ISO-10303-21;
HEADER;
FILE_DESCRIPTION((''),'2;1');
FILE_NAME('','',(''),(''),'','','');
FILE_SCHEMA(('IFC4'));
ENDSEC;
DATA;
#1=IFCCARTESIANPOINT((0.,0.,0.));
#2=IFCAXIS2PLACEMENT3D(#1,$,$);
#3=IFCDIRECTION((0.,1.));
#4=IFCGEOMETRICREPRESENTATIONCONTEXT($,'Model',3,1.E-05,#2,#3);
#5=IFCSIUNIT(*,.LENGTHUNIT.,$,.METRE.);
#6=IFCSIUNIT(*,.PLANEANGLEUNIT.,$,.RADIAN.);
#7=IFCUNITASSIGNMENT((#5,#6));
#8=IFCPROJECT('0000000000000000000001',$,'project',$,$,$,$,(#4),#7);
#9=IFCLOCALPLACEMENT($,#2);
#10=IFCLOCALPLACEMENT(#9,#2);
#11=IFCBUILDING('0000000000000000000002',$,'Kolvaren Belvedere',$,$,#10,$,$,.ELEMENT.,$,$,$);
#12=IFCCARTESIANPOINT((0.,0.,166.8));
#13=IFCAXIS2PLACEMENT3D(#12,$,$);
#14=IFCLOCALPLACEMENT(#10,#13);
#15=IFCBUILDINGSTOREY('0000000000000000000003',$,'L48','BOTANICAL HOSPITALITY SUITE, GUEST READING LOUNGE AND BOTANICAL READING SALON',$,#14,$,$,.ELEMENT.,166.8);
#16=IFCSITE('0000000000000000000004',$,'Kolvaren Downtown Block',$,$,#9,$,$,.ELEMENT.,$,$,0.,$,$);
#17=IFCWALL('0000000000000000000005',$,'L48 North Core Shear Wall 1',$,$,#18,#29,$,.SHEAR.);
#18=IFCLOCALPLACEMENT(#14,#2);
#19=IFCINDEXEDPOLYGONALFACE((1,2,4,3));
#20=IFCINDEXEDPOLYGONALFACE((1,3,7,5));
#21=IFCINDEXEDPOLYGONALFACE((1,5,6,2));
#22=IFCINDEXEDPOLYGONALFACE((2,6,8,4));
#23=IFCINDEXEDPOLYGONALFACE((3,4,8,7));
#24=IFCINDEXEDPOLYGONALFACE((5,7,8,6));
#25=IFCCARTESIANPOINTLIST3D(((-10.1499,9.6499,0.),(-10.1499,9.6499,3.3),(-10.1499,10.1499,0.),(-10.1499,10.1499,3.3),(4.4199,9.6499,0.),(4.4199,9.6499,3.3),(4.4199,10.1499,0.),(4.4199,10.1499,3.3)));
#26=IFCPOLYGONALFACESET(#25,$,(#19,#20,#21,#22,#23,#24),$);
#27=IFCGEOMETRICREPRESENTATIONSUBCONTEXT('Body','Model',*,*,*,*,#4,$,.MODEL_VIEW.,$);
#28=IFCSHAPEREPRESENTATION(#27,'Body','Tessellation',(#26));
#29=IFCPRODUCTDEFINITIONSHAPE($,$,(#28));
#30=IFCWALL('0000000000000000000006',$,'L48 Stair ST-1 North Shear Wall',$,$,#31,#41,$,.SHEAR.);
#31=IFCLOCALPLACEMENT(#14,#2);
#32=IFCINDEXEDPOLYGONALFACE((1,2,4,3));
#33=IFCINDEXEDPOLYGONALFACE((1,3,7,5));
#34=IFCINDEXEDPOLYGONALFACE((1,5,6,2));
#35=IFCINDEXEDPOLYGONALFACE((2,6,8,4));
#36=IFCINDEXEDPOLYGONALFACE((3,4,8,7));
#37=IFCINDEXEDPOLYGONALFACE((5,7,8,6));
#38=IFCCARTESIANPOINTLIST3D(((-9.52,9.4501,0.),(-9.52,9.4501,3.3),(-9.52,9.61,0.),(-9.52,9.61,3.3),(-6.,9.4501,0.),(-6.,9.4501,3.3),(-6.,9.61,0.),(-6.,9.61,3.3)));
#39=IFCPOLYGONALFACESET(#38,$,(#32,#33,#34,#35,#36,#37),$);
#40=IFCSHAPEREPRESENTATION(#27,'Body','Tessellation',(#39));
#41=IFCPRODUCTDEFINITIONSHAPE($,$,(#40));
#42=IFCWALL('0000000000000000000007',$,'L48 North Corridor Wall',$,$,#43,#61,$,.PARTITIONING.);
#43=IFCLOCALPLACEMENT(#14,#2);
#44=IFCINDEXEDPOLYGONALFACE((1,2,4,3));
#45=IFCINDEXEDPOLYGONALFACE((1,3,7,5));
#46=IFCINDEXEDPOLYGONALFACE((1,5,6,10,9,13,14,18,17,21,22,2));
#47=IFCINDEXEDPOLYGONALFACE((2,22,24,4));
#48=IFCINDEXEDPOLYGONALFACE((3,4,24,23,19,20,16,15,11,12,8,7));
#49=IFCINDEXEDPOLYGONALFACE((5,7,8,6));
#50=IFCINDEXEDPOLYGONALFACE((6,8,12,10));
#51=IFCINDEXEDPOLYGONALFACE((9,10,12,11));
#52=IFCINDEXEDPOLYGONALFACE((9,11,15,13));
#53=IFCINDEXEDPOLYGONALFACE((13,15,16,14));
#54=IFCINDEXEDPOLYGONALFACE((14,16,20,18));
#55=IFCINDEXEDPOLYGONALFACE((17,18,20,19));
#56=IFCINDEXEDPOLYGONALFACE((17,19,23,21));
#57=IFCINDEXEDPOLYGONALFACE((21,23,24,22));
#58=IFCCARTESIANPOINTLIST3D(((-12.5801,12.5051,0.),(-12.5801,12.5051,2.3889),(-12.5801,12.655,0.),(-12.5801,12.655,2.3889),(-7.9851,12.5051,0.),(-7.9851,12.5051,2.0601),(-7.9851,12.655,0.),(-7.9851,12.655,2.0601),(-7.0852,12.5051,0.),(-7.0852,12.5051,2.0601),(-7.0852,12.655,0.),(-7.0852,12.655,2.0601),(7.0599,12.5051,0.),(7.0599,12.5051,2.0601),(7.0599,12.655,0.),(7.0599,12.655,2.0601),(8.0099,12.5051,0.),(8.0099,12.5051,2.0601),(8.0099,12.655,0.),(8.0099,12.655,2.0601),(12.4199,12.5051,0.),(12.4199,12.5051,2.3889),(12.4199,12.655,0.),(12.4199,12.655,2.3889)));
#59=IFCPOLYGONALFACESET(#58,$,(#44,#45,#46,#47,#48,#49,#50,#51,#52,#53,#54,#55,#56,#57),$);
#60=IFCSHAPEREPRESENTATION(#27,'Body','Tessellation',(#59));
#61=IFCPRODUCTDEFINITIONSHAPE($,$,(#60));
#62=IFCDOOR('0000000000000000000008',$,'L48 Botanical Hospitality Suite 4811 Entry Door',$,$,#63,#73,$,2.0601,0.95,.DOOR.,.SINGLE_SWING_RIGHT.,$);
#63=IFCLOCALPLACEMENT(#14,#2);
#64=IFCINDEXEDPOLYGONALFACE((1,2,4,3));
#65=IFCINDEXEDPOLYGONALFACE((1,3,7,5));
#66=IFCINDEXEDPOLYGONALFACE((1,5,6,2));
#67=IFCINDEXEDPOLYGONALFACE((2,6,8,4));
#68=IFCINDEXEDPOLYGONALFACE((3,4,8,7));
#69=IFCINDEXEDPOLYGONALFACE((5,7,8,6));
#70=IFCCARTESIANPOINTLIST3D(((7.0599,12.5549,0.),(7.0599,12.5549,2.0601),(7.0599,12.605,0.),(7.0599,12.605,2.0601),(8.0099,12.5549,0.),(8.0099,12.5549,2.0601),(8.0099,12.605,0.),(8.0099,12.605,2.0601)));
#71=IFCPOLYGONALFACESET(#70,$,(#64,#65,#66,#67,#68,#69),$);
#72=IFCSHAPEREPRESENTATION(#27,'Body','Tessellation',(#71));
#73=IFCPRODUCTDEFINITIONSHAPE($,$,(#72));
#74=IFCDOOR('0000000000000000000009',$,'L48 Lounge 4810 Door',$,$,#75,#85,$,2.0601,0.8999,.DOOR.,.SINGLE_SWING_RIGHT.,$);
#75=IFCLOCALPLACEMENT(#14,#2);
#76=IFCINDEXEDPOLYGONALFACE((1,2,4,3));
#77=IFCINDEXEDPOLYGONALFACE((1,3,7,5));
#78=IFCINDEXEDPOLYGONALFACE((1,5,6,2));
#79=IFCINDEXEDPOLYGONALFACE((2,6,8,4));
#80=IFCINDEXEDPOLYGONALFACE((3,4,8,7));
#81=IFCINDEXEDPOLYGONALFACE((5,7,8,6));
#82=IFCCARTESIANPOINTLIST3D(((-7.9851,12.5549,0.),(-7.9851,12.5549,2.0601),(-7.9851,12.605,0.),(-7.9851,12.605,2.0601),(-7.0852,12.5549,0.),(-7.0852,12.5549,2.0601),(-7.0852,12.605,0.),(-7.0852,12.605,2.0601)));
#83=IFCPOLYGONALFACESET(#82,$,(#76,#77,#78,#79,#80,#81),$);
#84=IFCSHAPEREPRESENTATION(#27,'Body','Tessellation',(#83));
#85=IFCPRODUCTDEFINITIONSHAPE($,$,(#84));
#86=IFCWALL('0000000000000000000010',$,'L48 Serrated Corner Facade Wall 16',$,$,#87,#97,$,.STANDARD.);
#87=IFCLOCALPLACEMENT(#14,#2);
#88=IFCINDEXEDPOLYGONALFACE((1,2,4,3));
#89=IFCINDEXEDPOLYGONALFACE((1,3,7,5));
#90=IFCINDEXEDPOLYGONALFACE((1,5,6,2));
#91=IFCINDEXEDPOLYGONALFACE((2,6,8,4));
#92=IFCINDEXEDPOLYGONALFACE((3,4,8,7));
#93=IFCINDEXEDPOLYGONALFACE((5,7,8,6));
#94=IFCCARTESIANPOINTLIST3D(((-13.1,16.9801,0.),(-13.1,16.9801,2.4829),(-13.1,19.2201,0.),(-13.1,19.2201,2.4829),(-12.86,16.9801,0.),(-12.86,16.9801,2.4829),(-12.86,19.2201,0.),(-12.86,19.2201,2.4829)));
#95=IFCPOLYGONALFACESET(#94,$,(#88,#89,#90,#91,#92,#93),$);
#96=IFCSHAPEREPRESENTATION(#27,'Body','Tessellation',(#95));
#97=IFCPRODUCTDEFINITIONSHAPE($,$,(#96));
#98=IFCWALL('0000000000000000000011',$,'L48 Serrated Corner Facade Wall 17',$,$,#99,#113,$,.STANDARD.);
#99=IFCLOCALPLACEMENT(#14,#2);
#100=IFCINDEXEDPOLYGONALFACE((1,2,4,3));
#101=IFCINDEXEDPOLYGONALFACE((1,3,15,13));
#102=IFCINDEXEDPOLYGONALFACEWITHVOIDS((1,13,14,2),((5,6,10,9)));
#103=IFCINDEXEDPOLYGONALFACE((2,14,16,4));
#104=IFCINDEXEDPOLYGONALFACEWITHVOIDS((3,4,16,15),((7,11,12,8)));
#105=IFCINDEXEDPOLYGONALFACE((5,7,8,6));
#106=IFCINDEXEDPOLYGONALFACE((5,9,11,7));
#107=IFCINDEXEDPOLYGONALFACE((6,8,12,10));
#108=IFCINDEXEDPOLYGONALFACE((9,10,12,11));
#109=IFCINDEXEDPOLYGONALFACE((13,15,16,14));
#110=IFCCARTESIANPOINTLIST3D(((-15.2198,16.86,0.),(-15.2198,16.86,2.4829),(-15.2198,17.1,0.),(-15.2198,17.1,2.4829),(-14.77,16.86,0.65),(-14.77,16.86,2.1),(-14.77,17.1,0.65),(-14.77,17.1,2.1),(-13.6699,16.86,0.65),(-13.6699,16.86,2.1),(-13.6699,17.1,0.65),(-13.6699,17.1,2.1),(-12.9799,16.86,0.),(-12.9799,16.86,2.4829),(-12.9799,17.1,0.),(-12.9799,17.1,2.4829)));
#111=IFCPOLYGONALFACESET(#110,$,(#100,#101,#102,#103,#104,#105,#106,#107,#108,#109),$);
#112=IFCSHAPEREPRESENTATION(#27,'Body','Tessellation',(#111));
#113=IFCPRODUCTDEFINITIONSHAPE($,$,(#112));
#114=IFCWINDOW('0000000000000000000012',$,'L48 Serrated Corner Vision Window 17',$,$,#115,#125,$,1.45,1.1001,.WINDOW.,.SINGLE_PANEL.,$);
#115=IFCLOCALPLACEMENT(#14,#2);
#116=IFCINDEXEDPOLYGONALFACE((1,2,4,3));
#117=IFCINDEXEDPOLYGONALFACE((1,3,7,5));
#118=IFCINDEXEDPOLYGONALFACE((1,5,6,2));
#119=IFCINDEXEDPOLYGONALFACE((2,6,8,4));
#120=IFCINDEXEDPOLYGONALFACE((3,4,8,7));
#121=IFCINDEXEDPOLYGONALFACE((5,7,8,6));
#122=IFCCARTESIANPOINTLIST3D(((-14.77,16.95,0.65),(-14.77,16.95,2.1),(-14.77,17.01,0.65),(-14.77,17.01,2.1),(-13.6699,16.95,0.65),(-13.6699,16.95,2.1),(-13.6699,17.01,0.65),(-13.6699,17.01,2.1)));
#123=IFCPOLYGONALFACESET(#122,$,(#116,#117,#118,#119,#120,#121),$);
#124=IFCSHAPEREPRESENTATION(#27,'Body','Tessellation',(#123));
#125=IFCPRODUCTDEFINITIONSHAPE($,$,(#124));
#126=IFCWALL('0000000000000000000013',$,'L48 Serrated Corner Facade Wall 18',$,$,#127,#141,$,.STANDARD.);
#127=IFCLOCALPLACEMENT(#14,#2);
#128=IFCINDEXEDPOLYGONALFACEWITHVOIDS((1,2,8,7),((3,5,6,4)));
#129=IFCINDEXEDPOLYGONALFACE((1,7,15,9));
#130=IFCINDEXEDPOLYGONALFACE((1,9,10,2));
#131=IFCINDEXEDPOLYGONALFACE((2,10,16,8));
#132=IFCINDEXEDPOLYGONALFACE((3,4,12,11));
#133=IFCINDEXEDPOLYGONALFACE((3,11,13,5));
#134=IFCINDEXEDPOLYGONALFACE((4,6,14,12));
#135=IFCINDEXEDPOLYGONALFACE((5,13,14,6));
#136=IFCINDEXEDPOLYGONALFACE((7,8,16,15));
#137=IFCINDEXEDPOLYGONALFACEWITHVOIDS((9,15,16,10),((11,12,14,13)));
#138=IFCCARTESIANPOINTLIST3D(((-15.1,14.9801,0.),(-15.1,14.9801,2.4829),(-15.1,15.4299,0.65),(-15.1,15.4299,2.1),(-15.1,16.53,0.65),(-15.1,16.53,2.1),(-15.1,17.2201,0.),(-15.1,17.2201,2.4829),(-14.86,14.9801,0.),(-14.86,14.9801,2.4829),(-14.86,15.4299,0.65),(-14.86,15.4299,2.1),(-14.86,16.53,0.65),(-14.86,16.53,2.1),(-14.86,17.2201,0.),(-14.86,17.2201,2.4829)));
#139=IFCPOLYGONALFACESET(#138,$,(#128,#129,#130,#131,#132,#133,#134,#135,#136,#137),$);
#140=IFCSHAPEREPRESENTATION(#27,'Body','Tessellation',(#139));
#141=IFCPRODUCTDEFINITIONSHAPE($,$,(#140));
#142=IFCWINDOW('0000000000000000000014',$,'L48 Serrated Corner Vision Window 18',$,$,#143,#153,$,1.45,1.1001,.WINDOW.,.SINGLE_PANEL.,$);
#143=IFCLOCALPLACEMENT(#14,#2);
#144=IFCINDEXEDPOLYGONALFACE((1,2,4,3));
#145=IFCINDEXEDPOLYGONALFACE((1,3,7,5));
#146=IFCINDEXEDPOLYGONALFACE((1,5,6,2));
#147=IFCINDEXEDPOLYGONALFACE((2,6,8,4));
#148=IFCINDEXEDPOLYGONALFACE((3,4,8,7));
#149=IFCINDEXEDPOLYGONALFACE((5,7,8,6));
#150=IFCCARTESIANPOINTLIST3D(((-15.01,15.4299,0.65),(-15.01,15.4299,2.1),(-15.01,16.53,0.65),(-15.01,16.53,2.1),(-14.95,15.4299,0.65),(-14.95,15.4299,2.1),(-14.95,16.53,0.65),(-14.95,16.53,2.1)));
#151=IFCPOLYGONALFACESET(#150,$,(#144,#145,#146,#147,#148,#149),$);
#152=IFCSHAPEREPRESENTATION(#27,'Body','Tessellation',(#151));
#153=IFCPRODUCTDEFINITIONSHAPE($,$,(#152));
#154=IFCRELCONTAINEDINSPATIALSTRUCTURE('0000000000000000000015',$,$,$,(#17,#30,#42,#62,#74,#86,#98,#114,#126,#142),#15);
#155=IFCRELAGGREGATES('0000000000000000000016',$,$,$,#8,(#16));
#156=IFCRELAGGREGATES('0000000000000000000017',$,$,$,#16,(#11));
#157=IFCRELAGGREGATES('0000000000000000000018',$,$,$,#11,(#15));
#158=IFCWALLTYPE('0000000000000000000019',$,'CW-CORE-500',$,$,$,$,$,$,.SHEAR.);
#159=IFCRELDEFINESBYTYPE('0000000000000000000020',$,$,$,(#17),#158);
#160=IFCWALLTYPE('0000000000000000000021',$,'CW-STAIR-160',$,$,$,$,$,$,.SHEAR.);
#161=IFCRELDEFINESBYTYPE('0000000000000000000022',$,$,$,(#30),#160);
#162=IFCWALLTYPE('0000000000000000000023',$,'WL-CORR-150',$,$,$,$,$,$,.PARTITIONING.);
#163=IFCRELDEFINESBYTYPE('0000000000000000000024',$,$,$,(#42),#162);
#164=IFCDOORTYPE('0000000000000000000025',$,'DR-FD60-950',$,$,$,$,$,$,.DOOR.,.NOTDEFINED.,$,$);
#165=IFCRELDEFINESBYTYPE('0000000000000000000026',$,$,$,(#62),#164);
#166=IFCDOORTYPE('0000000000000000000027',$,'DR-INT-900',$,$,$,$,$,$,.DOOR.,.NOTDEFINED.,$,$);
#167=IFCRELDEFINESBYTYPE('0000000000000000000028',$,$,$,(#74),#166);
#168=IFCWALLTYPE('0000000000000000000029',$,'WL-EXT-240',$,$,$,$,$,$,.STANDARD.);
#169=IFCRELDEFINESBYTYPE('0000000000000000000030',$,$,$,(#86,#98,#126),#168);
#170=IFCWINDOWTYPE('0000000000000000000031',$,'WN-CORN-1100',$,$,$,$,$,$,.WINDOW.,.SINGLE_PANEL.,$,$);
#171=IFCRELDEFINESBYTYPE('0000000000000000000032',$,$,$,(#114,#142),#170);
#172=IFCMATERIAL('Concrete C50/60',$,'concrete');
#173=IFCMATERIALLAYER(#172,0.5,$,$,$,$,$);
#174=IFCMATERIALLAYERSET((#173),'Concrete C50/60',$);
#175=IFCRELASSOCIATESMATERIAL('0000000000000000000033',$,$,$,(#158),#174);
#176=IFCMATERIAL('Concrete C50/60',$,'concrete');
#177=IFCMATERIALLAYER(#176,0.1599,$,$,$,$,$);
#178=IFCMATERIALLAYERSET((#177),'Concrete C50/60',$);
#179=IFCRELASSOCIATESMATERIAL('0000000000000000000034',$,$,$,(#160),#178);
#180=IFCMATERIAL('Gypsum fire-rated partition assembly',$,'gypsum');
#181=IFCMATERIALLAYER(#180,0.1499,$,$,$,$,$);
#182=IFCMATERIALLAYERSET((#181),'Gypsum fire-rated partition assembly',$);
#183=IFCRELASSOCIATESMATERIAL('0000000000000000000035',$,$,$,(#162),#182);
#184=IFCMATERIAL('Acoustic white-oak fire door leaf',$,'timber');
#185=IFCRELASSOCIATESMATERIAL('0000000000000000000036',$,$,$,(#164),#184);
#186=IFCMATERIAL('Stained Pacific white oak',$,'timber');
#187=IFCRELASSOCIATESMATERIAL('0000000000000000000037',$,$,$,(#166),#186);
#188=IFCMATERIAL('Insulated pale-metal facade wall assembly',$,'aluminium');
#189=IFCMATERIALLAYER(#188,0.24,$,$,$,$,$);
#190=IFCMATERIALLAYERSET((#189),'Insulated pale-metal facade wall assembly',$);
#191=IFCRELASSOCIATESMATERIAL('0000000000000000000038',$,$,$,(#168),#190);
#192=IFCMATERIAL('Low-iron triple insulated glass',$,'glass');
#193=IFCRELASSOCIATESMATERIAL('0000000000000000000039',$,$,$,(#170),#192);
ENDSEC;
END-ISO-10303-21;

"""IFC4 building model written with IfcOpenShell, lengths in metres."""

from ifc_helpers import new_model, si_unit, direction, frame, frame_2d, origin, place, context, subcontext, project, spatial, rectangle, extrude, material, layer, layer_set, type_object, element, fill, save


model = new_model("IFC4")

# Units and contexts
model_context = context("Model", 3, precision=1e-05, world=origin(), true_north=direction((0.0, 1.0)))
body_context = subcontext(model_context, "Body", "Model", "MODEL_VIEW")
ifc_project = project(units=[si_unit("LENGTHUNIT", "METRE"), si_unit("PLANEANGLEUNIT", "RADIAN")], contexts=[model_context])

# Site, building, storey
site_placement = place(None, origin())
site = spatial("IfcSite", under=ifc_project, at=site_placement, Name="Kolvaren Downtown Block", CompositionType="ELEMENT", RefElevation=0.0)
building_placement = place(site_placement, origin())
building = spatial("IfcBuilding", under=site, at=building_placement, Name="Kolvaren Belvedere", CompositionType="ELEMENT")
storey_placement = place(building_placement, frame((0.0, 0.0, 166.8)))
storey = spatial("IfcBuildingStorey", under=building, at=storey_placement, Name="L48", Description="BOTANICAL HOSPITALITY SUITE, GUEST READING LOUNGE AND BOTANICAL READING SALON", CompositionType="ELEMENT", Elevation=166.8)

# Walls
ifc_material_1 = material(Name="Concrete C50/60", Category="concrete")
ifc_layer_1 = layer(ifc_material_1, 0.5)
ifc_layer_set_1 = layer_set([ifc_layer_1], Name="Concrete C50/60")
wall_type_1 = type_object("IfcWallType", Name="CW-CORE-500", PredefinedType="SHEAR", material=ifc_layer_set_1)
wall_1_placement = place(storey_placement, frame((-10.1499, 9.8999, 0.0), z_axis=(0.0, 0.0, 1.0), x_axis=(1.0, 0.0, 0.0)))
element("IfcWall", 1, at=wall_1_placement, inside=storey, type_object=wall_type_1, Name="L48 North Core Shear Wall 1", PredefinedType="SHEAR", context=body_context, shape_type="SweptSolid", body=[
    extrude(rectangle(XDim=14.5698, YDim=0.5, at=frame_2d((7.2849, 0.0))), origin(), (0.0, 0.0, 1.0), 3.3),
])
ifc_material_2 = material(Name="Concrete C50/60", Category="concrete")
ifc_layer_2 = layer(ifc_material_2, 0.1599)
ifc_layer_set_2 = layer_set([ifc_layer_2], Name="Concrete C50/60")
wall_type_2 = type_object("IfcWallType", Name="CW-STAIR-160", PredefinedType="SHEAR", material=ifc_layer_set_2)
wall_2_placement = place(storey_placement, frame((-9.52, 9.53, 0.0), z_axis=(0.0, 0.0, 1.0), x_axis=(1.0, 0.0, 0.0)))
element("IfcWall", 2, at=wall_2_placement, inside=storey, type_object=wall_type_2, Name="L48 Stair ST-1 North Shear Wall", PredefinedType="SHEAR", context=body_context, shape_type="SweptSolid", body=[
    extrude(rectangle(XDim=3.52, YDim=0.1599, at=frame_2d((1.76, 0.0))), origin(), (0.0, 0.0, 1.0), 3.3),
])

# Wall, openings, doors
ifc_material_3 = material(Name="Gypsum fire-rated partition assembly", Category="gypsum")
ifc_layer_3 = layer(ifc_material_3, 0.1499)
ifc_layer_set_3 = layer_set([ifc_layer_3], Name="Gypsum fire-rated partition assembly")
wall_type_3 = type_object("IfcWallType", Name="WL-CORR-150", PredefinedType="PARTITIONING", material=ifc_layer_set_3)
wall_3_placement = place(storey_placement, frame((-12.5801, 12.5801, 0.0), z_axis=(0.0, 0.0, 1.0), x_axis=(1.0, 0.0, 0.0)))
wall_3 = element("IfcWall", 3, at=wall_3_placement, inside=storey, type_object=wall_type_3, Name="L48 North Corridor Wall", PredefinedType="PARTITIONING", context=body_context, shape_type="SweptSolid", body=[
    extrude(rectangle(XDim=25.0, YDim=0.1499, at=frame_2d((12.5, 0.0))), origin(), (0.0, 0.0, 1.0), 2.3889),
])
opening_1_placement = place(wall_3_placement, frame((4.595, 0.0, 0.0)))
opening_1 = element("IfcOpeningElement", 4, at=opening_1_placement, cuts=wall_3, PredefinedType="OPENING", context=body_context, shape_type="SweptSolid", body=[
    extrude(rectangle(XDim=0.8999, YDim=2.0601, at=frame_2d((0.45, 1.03))), frame((0.0, 0.085, 0.0), z_axis=(0.0, -1.0, 0.0), x_axis=(1.0, 0.0, 0.0)), (0.0, 0.0, 1.0), 0.1699),
])
opening_2_placement = place(wall_3_placement, frame((19.6399, 0.0, 0.0)))
opening_2 = element("IfcOpeningElement", 5, at=opening_2_placement, cuts=wall_3, PredefinedType="OPENING", context=body_context, shape_type="SweptSolid", body=[
    extrude(rectangle(XDim=0.95, YDim=2.0601, at=frame_2d((0.4751, 1.03))), frame((0.0, 0.085, 0.0), z_axis=(0.0, -1.0, 0.0), x_axis=(1.0, 0.0, 0.0)), (0.0, 0.0, 1.0), 0.1699),
])
ifc_material_4 = material(Name="Acoustic white-oak fire door leaf", Category="timber")
door_type_1 = type_object("IfcDoorType", Name="DR-FD60-950", OperationType="NOTDEFINED", PredefinedType="DOOR", material=ifc_material_4)
door_1_placement = place(opening_2_placement, origin())
door_1 = element("IfcDoor", 6, at=door_1_placement, inside=storey, type_object=door_type_1, Name="L48 Botanical Hospitality Suite 4811 Entry Door", OperationType="SINGLE_SWING_RIGHT", OverallHeight=2.0601, OverallWidth=0.95, PredefinedType="DOOR", context=body_context, shape_type="SweptSolid", body=[
    extrude(rectangle(XDim=0.95, YDim=2.0601, at=frame_2d((0.4751, 1.03))), frame((0.0, 0.0249, 0.0), z_axis=(0.0, -1.0, 0.0), x_axis=(1.0, 0.0, 0.0)), (0.0, 0.0, 1.0), 0.05),
])
fill(opening_2, door_1)
ifc_material_5 = material(Name="Stained Pacific white oak", Category="timber")
door_type_2 = type_object("IfcDoorType", Name="DR-INT-900", OperationType="NOTDEFINED", PredefinedType="DOOR", material=ifc_material_5)
door_2_placement = place(opening_1_placement, origin())
door_2 = element("IfcDoor", 7, at=door_2_placement, inside=storey, type_object=door_type_2, Name="L48 Lounge 4810 Door", OperationType="SINGLE_SWING_RIGHT", OverallHeight=2.0601, OverallWidth=0.8999, PredefinedType="DOOR", context=body_context, shape_type="SweptSolid", body=[
    extrude(rectangle(XDim=0.8999, YDim=2.0601, at=frame_2d((0.45, 1.03))), frame((0.0, 0.0249, 0.0), z_axis=(0.0, -1.0, 0.0), x_axis=(1.0, 0.0, 0.0)), (0.0, 0.0, 1.0), 0.05),
])
fill(opening_1, door_2)

# Wall
ifc_material_6 = material(Name="Insulated pale-metal facade wall assembly", Category="aluminium")
ifc_layer_4 = layer(ifc_material_6, 0.24)
ifc_layer_set_4 = layer_set([ifc_layer_4], Name="Insulated pale-metal facade wall assembly")
wall_type_4 = type_object("IfcWallType", Name="WL-EXT-240", PredefinedType="STANDARD", material=ifc_layer_set_4)
wall_4_placement = place(storey_placement, frame((-12.98, 16.98, 0.0), z_axis=(0.0, 0.0, 1.0), x_axis=(0.0, 1.0, 0.0)))
element("IfcWall", 8, at=wall_4_placement, inside=storey, type_object=wall_type_4, Name="L48 Serrated Corner Facade Wall 16", PredefinedType="STANDARD", context=body_context, shape_type="SweptSolid", body=[
    extrude(rectangle(XDim=2.24, YDim=0.24, at=frame_2d((1.1201, 0.0))), origin(), (0.0, 0.0, 1.0), 2.4829),
])

# Walls, openings, windows
wall_5_placement = place(storey_placement, frame((-15.22, 16.98, 0.0), z_axis=(0.0, 0.0, 1.0), x_axis=(1.0, 0.0, 0.0)))
wall_5 = element("IfcWall", 9, at=wall_5_placement, inside=storey, type_object=wall_type_4, Name="L48 Serrated Corner Facade Wall 17", PredefinedType="STANDARD", context=body_context, shape_type="SweptSolid", body=[
    extrude(rectangle(XDim=2.24, YDim=0.24, at=frame_2d((1.1201, 0.0))), origin(), (0.0, 0.0, 1.0), 2.4829),
])
opening_3_placement = place(wall_5_placement, frame((0.45, 0.0, 0.6499)))
opening_3 = element("IfcOpeningElement", 10, at=opening_3_placement, cuts=wall_5, PredefinedType="OPENING", context=body_context, shape_type="SweptSolid", body=[
    extrude(rectangle(XDim=1.1001, YDim=1.45, at=frame_2d((0.55, 0.7251))), frame((0.0, 0.1299, 0.0), z_axis=(0.0, -1.0, 0.0), x_axis=(1.0, 0.0, 0.0)), (0.0, 0.0, 1.0), 0.26),
])
ifc_material_7 = material(Name="Low-iron triple insulated glass", Category="glass")
window_type = type_object("IfcWindowType", Name="WN-CORN-1100", PartitioningType="SINGLE_PANEL", PredefinedType="WINDOW", material=ifc_material_7)
window_1_placement = place(opening_3_placement, origin())
window_1 = element("IfcWindow", 11, at=window_1_placement, inside=storey, type_object=window_type, Name="L48 Serrated Corner Vision Window 17", OverallHeight=1.45, OverallWidth=1.1001, PartitioningType="SINGLE_PANEL", PredefinedType="WINDOW", context=body_context, shape_type="SweptSolid", body=[
    extrude(rectangle(XDim=1.1001, YDim=1.45, at=frame_2d((0.55, 0.7251))), frame((0.0, 0.03, 0.0), z_axis=(0.0, -1.0, 0.0), x_axis=(1.0, 0.0, 0.0)), (0.0, 0.0, 1.0), 0.0601),
])
fill(opening_3, window_1)
wall_6_placement = place(storey_placement, frame((-14.98, 14.98, 0.0), z_axis=(0.0, 0.0, 1.0), x_axis=(0.0, 1.0, 0.0)))
wall_6 = element("IfcWall", 12, at=wall_6_placement, inside=storey, type_object=wall_type_4, Name="L48 Serrated Corner Facade Wall 18", PredefinedType="STANDARD", context=body_context, shape_type="SweptSolid", body=[
    extrude(rectangle(XDim=2.24, YDim=0.24, at=frame_2d((1.1201, 0.0))), origin(), (0.0, 0.0, 1.0), 2.4829),
])
opening_4_placement = place(wall_6_placement, frame((0.45, 0.0, 0.6499)))
opening_4 = element("IfcOpeningElement", 13, at=opening_4_placement, cuts=wall_6, PredefinedType="OPENING", context=body_context, shape_type="SweptSolid", body=[
    extrude(rectangle(XDim=1.1001, YDim=1.45, at=frame_2d((0.55, 0.7251))), frame((0.0, 0.1299, 0.0), z_axis=(0.0, -1.0, 0.0), x_axis=(1.0, 0.0, 0.0)), (0.0, 0.0, 1.0), 0.26),
])
window_2_placement = place(opening_4_placement, origin())
window_2 = element("IfcWindow", 14, at=window_2_placement, inside=storey, type_object=window_type, Name="L48 Serrated Corner Vision Window 18", OverallHeight=1.45, OverallWidth=1.1001, PartitioningType="SINGLE_PANEL", PredefinedType="WINDOW", context=body_context, shape_type="SweptSolid", body=[
    extrude(rectangle(XDim=1.1001, YDim=1.45, at=frame_2d((0.55, 0.7251))), frame((0.0, 0.03, 0.0), z_axis=(0.0, -1.0, 0.0), x_axis=(1.0, 0.0, 0.0)), (0.0, 0.0, 1.0), 0.0601),
])
fill(opening_4, window_2)

save(model, "model.ifc")
